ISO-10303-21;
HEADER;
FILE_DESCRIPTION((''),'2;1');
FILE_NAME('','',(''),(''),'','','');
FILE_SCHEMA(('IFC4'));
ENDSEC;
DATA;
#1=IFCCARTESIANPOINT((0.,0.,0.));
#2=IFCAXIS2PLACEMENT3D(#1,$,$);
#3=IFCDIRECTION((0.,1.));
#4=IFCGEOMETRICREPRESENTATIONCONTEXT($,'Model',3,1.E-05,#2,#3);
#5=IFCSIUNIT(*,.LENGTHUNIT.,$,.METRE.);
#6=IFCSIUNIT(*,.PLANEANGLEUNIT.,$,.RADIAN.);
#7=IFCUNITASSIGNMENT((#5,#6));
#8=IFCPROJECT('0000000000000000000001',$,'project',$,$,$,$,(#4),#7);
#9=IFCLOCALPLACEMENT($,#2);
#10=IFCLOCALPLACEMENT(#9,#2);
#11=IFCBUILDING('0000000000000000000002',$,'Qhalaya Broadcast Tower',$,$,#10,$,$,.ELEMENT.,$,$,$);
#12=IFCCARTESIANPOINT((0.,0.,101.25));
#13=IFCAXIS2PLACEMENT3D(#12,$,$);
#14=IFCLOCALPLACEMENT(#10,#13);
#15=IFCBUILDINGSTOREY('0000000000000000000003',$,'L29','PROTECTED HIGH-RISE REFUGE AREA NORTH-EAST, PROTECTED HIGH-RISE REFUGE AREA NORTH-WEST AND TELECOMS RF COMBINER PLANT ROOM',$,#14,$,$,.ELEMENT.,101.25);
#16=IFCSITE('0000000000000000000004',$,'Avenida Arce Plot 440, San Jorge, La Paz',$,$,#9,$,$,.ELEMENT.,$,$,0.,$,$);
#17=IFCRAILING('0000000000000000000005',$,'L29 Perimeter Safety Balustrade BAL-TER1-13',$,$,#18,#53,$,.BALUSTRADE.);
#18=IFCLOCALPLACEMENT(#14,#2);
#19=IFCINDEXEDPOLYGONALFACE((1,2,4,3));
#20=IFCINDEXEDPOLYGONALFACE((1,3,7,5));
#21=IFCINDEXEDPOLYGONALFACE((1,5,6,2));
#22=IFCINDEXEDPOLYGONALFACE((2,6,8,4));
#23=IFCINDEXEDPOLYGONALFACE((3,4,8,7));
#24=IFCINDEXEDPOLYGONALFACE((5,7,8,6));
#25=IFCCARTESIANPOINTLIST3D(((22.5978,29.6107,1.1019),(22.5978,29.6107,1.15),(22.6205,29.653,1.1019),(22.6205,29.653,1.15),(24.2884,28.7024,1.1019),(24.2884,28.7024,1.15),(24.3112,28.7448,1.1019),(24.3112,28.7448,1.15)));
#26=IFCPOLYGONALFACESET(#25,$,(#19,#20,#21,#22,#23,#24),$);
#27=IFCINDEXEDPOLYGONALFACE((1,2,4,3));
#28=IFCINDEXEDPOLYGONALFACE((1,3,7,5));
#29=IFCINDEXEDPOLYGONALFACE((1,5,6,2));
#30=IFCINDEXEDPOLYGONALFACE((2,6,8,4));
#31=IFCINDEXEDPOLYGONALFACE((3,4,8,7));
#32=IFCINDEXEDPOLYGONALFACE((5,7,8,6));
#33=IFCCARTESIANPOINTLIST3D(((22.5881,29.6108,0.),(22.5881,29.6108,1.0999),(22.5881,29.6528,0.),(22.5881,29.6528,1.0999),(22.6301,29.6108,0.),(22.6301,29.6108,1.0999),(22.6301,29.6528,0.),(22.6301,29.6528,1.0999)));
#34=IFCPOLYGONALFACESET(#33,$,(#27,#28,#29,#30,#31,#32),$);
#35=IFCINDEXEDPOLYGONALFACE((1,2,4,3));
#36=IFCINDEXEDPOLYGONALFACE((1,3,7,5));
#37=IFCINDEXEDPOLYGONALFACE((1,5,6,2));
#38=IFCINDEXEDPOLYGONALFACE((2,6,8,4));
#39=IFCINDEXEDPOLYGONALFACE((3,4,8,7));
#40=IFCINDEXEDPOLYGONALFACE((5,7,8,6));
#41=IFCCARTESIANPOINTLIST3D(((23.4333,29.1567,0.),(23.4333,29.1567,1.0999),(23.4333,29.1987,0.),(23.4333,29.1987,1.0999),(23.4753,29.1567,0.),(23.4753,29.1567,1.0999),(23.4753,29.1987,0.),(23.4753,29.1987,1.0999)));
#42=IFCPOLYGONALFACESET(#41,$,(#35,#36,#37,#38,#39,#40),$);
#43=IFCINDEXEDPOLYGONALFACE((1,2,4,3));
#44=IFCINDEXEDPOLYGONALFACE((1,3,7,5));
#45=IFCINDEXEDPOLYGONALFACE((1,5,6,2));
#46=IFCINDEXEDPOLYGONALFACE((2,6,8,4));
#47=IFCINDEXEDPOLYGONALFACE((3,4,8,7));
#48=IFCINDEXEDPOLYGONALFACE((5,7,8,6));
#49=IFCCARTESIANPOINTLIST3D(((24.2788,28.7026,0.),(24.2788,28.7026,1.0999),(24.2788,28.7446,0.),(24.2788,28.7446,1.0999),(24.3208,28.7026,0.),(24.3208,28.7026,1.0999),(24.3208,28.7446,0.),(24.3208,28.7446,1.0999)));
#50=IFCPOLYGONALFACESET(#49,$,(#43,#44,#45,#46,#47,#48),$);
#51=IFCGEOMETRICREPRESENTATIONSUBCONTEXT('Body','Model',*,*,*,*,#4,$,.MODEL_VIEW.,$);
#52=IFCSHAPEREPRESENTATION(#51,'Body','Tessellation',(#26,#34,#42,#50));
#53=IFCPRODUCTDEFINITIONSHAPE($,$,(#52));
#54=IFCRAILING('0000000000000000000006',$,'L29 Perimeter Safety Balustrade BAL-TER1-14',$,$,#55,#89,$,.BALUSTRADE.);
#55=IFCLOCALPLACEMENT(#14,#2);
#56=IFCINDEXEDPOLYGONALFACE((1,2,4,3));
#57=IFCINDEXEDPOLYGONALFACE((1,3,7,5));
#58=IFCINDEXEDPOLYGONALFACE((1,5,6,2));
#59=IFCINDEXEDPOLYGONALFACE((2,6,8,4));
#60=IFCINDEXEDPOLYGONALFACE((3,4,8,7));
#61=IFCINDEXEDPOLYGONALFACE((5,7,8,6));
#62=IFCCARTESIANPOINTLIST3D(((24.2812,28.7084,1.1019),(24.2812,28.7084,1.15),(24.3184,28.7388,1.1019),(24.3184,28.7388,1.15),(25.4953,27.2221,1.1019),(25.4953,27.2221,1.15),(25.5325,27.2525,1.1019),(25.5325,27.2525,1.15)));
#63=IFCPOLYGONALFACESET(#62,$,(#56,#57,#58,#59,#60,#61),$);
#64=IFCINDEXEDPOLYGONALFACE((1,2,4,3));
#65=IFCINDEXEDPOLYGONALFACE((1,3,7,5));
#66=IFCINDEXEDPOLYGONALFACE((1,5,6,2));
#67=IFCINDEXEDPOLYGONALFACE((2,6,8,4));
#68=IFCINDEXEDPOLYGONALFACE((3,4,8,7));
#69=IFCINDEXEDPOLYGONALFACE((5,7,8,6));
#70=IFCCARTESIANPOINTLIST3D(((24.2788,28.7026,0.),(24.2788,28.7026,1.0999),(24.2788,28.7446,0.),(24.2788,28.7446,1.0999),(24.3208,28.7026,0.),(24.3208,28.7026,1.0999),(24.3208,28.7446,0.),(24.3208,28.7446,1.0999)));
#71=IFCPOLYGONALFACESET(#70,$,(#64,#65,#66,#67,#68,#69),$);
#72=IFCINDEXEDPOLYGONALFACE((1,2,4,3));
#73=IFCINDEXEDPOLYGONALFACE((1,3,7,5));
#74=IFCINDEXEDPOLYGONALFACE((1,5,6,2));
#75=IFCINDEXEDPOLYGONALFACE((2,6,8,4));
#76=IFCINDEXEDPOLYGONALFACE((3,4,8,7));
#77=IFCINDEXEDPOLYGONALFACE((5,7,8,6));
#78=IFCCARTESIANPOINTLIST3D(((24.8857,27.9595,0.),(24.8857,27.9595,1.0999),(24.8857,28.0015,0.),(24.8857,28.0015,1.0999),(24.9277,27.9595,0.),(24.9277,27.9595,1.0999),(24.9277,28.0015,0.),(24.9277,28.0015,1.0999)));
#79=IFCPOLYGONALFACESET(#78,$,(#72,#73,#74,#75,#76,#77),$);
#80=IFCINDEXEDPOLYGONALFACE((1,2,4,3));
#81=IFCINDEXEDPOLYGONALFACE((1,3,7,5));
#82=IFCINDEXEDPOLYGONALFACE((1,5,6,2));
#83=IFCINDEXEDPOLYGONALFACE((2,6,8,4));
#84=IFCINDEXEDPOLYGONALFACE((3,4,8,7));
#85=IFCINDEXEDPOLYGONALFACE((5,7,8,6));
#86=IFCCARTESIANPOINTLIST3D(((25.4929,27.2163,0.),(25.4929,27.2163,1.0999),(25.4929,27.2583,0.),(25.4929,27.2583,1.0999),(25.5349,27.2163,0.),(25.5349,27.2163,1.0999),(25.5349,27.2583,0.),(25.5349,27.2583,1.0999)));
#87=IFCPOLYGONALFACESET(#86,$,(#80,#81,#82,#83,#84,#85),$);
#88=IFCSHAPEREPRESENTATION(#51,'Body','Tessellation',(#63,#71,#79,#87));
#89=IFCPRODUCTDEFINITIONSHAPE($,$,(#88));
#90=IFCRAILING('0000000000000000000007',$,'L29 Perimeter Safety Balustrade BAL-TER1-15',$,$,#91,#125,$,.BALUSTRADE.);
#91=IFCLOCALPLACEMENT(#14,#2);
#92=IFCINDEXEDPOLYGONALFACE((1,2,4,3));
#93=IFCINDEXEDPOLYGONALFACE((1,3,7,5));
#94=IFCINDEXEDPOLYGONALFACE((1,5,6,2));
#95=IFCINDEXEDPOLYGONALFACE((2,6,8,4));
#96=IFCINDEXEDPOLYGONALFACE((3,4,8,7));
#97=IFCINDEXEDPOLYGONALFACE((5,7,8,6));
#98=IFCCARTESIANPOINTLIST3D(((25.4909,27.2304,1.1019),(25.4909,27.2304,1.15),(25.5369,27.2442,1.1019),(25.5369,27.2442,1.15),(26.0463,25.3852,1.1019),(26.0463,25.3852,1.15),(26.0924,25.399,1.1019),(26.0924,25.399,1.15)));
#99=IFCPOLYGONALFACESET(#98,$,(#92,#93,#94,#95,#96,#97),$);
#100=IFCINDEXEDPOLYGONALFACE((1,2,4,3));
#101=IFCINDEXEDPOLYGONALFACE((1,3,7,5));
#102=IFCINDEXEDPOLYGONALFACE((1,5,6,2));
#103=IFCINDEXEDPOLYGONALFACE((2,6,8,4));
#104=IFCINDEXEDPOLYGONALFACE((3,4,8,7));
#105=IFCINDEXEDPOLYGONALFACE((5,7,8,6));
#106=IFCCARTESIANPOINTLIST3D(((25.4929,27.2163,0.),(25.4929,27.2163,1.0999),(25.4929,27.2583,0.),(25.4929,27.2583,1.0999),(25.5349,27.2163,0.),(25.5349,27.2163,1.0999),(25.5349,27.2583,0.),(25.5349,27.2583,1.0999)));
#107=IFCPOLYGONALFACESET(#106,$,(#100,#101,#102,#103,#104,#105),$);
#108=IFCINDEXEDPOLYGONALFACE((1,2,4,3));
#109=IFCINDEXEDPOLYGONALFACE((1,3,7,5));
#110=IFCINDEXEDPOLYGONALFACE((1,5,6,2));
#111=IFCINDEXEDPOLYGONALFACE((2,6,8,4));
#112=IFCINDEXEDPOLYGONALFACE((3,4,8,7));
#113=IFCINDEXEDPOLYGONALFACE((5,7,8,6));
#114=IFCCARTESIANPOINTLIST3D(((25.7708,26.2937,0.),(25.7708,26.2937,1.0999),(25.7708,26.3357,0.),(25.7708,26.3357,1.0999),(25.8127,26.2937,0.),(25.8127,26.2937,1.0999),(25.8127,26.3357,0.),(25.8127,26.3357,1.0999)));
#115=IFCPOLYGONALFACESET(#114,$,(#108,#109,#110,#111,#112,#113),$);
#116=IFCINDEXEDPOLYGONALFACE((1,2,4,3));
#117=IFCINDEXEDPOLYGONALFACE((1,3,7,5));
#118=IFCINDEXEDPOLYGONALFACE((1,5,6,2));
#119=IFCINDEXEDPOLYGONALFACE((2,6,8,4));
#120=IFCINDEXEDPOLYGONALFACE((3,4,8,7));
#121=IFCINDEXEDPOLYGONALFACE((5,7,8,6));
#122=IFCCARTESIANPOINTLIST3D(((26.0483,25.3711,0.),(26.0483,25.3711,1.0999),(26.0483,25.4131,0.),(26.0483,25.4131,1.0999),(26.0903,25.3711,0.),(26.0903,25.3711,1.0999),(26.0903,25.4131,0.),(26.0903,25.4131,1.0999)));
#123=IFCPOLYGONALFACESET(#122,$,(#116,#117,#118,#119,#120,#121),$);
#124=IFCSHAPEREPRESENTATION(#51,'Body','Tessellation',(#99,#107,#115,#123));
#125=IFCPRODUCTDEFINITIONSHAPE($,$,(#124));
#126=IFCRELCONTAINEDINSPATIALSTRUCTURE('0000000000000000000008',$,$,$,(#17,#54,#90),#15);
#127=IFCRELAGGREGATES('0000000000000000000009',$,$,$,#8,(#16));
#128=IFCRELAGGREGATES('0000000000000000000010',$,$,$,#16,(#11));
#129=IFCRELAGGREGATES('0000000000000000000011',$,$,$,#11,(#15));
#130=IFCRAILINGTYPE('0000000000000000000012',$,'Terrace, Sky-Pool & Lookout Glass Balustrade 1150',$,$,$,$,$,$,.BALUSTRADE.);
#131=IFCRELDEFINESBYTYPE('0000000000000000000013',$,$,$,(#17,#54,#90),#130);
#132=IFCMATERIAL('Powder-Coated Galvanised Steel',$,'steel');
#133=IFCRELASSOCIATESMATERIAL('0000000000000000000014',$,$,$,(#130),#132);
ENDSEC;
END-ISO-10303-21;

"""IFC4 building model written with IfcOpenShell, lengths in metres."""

from ifc_helpers import new_model, si_unit, direction, frame, origin, origin_2d, place, context, subcontext, project, spatial, rectangle, extrude, material, type_object, element, save


model = new_model("IFC4")

# Units and contexts
model_context = context("Model", 3, precision=1e-05, world=origin(), true_north=direction((0.0, 1.0)))
body_context = subcontext(model_context, "Body", "Model", "MODEL_VIEW")
ifc_project = project(units=[si_unit("LENGTHUNIT", "METRE"), si_unit("PLANEANGLEUNIT", "RADIAN")], contexts=[model_context])

# Site, building, storey
site_placement = place(None, origin())
site = spatial("IfcSite", under=ifc_project, at=site_placement, Name="Avenida Arce Plot 440, San Jorge, La Paz", CompositionType="ELEMENT", RefElevation=0.0)
building_placement = place(site_placement, origin())
building = spatial("IfcBuilding", under=site, at=building_placement, Name="Qhalaya Broadcast Tower", CompositionType="ELEMENT")
storey_placement = place(building_placement, frame((0.0, 0.0, 101.25)))
storey = spatial("IfcBuildingStorey", under=building, at=storey_placement, Name="L29", Description="PROTECTED HIGH-RISE REFUGE AREA NORTH-EAST, PROTECTED HIGH-RISE REFUGE AREA NORTH-WEST AND TELECOMS RF COMBINER PLANT ROOM", CompositionType="ELEMENT", Elevation=101.25)

# Railings
ifc_material_1 = material(Name="Powder-Coated Galvanised Steel", Category="steel")
railing_type = type_object("IfcRailingType", Name="Terrace, Sky-Pool & Lookout Glass Balustrade 1150", PredefinedType="BALUSTRADE", material=ifc_material_1)
railing_1_placement = place(storey_placement, frame((22.6091, 29.6318, 0.0)))
element("IfcRailing", 1, at=railing_1_placement, inside=storey, type_object=railing_type, Name="L29 Perimeter Safety Balustrade BAL-TER1-13", PredefinedType="BALUSTRADE", context=body_context, shape_type="SweptSolid", body=[
    extrude(rectangle(XDim=0.0481, YDim=0.0481, at=origin_2d()), frame((0.0, 0.0, 1.126), z_axis=(0.88094, -0.473227, 0.0), x_axis=(0.473227, 0.88094, 0.0)), (0.0, 0.0, 1.0), 1.9192),
    extrude(rectangle(XDim=0.042, YDim=0.042, at=origin_2d()), origin(), (0.0, 0.0, 1.0), 1.0999),
    extrude(rectangle(XDim=0.042, YDim=0.042, at=origin_2d()), frame((0.8452, -0.4541, 0.0)), (0.0, 0.0, 1.0), 1.0999),
    extrude(rectangle(XDim=0.042, YDim=0.042, at=origin_2d()), frame((1.6907, -0.9082, 0.0)), (0.0, 0.0, 1.0), 1.0999),
])
railing_2_placement = place(storey_placement, frame((24.2998, 28.7236, 0.0)))
element("IfcRailing", 2, at=railing_2_placement, inside=storey, type_object=railing_type, Name="L29 Perimeter Safety Balustrade BAL-TER1-14", PredefinedType="BALUSTRADE", context=body_context, shape_type="SweptSolid", body=[
    extrude(rectangle(XDim=0.0481, YDim=0.0481, at=origin_2d()), frame((0.0, 0.0, 1.126), z_axis=(0.632621, -0.774461, 0.0), x_axis=(0.774461, 0.632621, 0.0)), (0.0, 0.0, 1.0), 1.9192),
    extrude(rectangle(XDim=0.042, YDim=0.042, at=origin_2d()), origin(), (0.0, 0.0, 1.0), 1.0999),
    extrude(rectangle(XDim=0.042, YDim=0.042, at=origin_2d()), frame((0.6069, -0.7432, 0.0)), (0.0, 0.0, 1.0), 1.0999),
    extrude(rectangle(XDim=0.042, YDim=0.042, at=origin_2d()), frame((1.2141, -1.4863, 0.0)), (0.0, 0.0, 1.0), 1.0999),
])
railing_3_placement = place(storey_placement, frame((25.5139, 27.2373, 0.0)))
element("IfcRailing", 3, at=railing_3_placement, inside=storey, type_object=railing_type, Name="L29 Perimeter Safety Balustrade BAL-TER1-15", PredefinedType="BALUSTRADE", context=body_context, shape_type="SweptSolid", body=[
    extrude(rectangle(XDim=0.0481, YDim=0.0481, at=origin_2d()), frame((0.0, 0.0, 1.126), z_axis=(0.288231, -0.957561, 0.0), x_axis=(0.957561, 0.288231, 0.0)), (0.0, 0.0, 1.0), 1.927),
    extrude(rectangle(XDim=0.042, YDim=0.042, at=origin_2d()), origin(), (0.0, 0.0, 1.0), 1.0999),
    extrude(rectangle(XDim=0.042, YDim=0.042, at=origin_2d()), frame((0.2778, -0.9226, 0.0)), (0.0, 0.0, 1.0), 1.0999),
    extrude(rectangle(XDim=0.042, YDim=0.042, at=origin_2d()), frame((0.5554, -1.8452, 0.0)), (0.0, 0.0, 1.0), 1.0999),
])

save(model, "model.ifc")
